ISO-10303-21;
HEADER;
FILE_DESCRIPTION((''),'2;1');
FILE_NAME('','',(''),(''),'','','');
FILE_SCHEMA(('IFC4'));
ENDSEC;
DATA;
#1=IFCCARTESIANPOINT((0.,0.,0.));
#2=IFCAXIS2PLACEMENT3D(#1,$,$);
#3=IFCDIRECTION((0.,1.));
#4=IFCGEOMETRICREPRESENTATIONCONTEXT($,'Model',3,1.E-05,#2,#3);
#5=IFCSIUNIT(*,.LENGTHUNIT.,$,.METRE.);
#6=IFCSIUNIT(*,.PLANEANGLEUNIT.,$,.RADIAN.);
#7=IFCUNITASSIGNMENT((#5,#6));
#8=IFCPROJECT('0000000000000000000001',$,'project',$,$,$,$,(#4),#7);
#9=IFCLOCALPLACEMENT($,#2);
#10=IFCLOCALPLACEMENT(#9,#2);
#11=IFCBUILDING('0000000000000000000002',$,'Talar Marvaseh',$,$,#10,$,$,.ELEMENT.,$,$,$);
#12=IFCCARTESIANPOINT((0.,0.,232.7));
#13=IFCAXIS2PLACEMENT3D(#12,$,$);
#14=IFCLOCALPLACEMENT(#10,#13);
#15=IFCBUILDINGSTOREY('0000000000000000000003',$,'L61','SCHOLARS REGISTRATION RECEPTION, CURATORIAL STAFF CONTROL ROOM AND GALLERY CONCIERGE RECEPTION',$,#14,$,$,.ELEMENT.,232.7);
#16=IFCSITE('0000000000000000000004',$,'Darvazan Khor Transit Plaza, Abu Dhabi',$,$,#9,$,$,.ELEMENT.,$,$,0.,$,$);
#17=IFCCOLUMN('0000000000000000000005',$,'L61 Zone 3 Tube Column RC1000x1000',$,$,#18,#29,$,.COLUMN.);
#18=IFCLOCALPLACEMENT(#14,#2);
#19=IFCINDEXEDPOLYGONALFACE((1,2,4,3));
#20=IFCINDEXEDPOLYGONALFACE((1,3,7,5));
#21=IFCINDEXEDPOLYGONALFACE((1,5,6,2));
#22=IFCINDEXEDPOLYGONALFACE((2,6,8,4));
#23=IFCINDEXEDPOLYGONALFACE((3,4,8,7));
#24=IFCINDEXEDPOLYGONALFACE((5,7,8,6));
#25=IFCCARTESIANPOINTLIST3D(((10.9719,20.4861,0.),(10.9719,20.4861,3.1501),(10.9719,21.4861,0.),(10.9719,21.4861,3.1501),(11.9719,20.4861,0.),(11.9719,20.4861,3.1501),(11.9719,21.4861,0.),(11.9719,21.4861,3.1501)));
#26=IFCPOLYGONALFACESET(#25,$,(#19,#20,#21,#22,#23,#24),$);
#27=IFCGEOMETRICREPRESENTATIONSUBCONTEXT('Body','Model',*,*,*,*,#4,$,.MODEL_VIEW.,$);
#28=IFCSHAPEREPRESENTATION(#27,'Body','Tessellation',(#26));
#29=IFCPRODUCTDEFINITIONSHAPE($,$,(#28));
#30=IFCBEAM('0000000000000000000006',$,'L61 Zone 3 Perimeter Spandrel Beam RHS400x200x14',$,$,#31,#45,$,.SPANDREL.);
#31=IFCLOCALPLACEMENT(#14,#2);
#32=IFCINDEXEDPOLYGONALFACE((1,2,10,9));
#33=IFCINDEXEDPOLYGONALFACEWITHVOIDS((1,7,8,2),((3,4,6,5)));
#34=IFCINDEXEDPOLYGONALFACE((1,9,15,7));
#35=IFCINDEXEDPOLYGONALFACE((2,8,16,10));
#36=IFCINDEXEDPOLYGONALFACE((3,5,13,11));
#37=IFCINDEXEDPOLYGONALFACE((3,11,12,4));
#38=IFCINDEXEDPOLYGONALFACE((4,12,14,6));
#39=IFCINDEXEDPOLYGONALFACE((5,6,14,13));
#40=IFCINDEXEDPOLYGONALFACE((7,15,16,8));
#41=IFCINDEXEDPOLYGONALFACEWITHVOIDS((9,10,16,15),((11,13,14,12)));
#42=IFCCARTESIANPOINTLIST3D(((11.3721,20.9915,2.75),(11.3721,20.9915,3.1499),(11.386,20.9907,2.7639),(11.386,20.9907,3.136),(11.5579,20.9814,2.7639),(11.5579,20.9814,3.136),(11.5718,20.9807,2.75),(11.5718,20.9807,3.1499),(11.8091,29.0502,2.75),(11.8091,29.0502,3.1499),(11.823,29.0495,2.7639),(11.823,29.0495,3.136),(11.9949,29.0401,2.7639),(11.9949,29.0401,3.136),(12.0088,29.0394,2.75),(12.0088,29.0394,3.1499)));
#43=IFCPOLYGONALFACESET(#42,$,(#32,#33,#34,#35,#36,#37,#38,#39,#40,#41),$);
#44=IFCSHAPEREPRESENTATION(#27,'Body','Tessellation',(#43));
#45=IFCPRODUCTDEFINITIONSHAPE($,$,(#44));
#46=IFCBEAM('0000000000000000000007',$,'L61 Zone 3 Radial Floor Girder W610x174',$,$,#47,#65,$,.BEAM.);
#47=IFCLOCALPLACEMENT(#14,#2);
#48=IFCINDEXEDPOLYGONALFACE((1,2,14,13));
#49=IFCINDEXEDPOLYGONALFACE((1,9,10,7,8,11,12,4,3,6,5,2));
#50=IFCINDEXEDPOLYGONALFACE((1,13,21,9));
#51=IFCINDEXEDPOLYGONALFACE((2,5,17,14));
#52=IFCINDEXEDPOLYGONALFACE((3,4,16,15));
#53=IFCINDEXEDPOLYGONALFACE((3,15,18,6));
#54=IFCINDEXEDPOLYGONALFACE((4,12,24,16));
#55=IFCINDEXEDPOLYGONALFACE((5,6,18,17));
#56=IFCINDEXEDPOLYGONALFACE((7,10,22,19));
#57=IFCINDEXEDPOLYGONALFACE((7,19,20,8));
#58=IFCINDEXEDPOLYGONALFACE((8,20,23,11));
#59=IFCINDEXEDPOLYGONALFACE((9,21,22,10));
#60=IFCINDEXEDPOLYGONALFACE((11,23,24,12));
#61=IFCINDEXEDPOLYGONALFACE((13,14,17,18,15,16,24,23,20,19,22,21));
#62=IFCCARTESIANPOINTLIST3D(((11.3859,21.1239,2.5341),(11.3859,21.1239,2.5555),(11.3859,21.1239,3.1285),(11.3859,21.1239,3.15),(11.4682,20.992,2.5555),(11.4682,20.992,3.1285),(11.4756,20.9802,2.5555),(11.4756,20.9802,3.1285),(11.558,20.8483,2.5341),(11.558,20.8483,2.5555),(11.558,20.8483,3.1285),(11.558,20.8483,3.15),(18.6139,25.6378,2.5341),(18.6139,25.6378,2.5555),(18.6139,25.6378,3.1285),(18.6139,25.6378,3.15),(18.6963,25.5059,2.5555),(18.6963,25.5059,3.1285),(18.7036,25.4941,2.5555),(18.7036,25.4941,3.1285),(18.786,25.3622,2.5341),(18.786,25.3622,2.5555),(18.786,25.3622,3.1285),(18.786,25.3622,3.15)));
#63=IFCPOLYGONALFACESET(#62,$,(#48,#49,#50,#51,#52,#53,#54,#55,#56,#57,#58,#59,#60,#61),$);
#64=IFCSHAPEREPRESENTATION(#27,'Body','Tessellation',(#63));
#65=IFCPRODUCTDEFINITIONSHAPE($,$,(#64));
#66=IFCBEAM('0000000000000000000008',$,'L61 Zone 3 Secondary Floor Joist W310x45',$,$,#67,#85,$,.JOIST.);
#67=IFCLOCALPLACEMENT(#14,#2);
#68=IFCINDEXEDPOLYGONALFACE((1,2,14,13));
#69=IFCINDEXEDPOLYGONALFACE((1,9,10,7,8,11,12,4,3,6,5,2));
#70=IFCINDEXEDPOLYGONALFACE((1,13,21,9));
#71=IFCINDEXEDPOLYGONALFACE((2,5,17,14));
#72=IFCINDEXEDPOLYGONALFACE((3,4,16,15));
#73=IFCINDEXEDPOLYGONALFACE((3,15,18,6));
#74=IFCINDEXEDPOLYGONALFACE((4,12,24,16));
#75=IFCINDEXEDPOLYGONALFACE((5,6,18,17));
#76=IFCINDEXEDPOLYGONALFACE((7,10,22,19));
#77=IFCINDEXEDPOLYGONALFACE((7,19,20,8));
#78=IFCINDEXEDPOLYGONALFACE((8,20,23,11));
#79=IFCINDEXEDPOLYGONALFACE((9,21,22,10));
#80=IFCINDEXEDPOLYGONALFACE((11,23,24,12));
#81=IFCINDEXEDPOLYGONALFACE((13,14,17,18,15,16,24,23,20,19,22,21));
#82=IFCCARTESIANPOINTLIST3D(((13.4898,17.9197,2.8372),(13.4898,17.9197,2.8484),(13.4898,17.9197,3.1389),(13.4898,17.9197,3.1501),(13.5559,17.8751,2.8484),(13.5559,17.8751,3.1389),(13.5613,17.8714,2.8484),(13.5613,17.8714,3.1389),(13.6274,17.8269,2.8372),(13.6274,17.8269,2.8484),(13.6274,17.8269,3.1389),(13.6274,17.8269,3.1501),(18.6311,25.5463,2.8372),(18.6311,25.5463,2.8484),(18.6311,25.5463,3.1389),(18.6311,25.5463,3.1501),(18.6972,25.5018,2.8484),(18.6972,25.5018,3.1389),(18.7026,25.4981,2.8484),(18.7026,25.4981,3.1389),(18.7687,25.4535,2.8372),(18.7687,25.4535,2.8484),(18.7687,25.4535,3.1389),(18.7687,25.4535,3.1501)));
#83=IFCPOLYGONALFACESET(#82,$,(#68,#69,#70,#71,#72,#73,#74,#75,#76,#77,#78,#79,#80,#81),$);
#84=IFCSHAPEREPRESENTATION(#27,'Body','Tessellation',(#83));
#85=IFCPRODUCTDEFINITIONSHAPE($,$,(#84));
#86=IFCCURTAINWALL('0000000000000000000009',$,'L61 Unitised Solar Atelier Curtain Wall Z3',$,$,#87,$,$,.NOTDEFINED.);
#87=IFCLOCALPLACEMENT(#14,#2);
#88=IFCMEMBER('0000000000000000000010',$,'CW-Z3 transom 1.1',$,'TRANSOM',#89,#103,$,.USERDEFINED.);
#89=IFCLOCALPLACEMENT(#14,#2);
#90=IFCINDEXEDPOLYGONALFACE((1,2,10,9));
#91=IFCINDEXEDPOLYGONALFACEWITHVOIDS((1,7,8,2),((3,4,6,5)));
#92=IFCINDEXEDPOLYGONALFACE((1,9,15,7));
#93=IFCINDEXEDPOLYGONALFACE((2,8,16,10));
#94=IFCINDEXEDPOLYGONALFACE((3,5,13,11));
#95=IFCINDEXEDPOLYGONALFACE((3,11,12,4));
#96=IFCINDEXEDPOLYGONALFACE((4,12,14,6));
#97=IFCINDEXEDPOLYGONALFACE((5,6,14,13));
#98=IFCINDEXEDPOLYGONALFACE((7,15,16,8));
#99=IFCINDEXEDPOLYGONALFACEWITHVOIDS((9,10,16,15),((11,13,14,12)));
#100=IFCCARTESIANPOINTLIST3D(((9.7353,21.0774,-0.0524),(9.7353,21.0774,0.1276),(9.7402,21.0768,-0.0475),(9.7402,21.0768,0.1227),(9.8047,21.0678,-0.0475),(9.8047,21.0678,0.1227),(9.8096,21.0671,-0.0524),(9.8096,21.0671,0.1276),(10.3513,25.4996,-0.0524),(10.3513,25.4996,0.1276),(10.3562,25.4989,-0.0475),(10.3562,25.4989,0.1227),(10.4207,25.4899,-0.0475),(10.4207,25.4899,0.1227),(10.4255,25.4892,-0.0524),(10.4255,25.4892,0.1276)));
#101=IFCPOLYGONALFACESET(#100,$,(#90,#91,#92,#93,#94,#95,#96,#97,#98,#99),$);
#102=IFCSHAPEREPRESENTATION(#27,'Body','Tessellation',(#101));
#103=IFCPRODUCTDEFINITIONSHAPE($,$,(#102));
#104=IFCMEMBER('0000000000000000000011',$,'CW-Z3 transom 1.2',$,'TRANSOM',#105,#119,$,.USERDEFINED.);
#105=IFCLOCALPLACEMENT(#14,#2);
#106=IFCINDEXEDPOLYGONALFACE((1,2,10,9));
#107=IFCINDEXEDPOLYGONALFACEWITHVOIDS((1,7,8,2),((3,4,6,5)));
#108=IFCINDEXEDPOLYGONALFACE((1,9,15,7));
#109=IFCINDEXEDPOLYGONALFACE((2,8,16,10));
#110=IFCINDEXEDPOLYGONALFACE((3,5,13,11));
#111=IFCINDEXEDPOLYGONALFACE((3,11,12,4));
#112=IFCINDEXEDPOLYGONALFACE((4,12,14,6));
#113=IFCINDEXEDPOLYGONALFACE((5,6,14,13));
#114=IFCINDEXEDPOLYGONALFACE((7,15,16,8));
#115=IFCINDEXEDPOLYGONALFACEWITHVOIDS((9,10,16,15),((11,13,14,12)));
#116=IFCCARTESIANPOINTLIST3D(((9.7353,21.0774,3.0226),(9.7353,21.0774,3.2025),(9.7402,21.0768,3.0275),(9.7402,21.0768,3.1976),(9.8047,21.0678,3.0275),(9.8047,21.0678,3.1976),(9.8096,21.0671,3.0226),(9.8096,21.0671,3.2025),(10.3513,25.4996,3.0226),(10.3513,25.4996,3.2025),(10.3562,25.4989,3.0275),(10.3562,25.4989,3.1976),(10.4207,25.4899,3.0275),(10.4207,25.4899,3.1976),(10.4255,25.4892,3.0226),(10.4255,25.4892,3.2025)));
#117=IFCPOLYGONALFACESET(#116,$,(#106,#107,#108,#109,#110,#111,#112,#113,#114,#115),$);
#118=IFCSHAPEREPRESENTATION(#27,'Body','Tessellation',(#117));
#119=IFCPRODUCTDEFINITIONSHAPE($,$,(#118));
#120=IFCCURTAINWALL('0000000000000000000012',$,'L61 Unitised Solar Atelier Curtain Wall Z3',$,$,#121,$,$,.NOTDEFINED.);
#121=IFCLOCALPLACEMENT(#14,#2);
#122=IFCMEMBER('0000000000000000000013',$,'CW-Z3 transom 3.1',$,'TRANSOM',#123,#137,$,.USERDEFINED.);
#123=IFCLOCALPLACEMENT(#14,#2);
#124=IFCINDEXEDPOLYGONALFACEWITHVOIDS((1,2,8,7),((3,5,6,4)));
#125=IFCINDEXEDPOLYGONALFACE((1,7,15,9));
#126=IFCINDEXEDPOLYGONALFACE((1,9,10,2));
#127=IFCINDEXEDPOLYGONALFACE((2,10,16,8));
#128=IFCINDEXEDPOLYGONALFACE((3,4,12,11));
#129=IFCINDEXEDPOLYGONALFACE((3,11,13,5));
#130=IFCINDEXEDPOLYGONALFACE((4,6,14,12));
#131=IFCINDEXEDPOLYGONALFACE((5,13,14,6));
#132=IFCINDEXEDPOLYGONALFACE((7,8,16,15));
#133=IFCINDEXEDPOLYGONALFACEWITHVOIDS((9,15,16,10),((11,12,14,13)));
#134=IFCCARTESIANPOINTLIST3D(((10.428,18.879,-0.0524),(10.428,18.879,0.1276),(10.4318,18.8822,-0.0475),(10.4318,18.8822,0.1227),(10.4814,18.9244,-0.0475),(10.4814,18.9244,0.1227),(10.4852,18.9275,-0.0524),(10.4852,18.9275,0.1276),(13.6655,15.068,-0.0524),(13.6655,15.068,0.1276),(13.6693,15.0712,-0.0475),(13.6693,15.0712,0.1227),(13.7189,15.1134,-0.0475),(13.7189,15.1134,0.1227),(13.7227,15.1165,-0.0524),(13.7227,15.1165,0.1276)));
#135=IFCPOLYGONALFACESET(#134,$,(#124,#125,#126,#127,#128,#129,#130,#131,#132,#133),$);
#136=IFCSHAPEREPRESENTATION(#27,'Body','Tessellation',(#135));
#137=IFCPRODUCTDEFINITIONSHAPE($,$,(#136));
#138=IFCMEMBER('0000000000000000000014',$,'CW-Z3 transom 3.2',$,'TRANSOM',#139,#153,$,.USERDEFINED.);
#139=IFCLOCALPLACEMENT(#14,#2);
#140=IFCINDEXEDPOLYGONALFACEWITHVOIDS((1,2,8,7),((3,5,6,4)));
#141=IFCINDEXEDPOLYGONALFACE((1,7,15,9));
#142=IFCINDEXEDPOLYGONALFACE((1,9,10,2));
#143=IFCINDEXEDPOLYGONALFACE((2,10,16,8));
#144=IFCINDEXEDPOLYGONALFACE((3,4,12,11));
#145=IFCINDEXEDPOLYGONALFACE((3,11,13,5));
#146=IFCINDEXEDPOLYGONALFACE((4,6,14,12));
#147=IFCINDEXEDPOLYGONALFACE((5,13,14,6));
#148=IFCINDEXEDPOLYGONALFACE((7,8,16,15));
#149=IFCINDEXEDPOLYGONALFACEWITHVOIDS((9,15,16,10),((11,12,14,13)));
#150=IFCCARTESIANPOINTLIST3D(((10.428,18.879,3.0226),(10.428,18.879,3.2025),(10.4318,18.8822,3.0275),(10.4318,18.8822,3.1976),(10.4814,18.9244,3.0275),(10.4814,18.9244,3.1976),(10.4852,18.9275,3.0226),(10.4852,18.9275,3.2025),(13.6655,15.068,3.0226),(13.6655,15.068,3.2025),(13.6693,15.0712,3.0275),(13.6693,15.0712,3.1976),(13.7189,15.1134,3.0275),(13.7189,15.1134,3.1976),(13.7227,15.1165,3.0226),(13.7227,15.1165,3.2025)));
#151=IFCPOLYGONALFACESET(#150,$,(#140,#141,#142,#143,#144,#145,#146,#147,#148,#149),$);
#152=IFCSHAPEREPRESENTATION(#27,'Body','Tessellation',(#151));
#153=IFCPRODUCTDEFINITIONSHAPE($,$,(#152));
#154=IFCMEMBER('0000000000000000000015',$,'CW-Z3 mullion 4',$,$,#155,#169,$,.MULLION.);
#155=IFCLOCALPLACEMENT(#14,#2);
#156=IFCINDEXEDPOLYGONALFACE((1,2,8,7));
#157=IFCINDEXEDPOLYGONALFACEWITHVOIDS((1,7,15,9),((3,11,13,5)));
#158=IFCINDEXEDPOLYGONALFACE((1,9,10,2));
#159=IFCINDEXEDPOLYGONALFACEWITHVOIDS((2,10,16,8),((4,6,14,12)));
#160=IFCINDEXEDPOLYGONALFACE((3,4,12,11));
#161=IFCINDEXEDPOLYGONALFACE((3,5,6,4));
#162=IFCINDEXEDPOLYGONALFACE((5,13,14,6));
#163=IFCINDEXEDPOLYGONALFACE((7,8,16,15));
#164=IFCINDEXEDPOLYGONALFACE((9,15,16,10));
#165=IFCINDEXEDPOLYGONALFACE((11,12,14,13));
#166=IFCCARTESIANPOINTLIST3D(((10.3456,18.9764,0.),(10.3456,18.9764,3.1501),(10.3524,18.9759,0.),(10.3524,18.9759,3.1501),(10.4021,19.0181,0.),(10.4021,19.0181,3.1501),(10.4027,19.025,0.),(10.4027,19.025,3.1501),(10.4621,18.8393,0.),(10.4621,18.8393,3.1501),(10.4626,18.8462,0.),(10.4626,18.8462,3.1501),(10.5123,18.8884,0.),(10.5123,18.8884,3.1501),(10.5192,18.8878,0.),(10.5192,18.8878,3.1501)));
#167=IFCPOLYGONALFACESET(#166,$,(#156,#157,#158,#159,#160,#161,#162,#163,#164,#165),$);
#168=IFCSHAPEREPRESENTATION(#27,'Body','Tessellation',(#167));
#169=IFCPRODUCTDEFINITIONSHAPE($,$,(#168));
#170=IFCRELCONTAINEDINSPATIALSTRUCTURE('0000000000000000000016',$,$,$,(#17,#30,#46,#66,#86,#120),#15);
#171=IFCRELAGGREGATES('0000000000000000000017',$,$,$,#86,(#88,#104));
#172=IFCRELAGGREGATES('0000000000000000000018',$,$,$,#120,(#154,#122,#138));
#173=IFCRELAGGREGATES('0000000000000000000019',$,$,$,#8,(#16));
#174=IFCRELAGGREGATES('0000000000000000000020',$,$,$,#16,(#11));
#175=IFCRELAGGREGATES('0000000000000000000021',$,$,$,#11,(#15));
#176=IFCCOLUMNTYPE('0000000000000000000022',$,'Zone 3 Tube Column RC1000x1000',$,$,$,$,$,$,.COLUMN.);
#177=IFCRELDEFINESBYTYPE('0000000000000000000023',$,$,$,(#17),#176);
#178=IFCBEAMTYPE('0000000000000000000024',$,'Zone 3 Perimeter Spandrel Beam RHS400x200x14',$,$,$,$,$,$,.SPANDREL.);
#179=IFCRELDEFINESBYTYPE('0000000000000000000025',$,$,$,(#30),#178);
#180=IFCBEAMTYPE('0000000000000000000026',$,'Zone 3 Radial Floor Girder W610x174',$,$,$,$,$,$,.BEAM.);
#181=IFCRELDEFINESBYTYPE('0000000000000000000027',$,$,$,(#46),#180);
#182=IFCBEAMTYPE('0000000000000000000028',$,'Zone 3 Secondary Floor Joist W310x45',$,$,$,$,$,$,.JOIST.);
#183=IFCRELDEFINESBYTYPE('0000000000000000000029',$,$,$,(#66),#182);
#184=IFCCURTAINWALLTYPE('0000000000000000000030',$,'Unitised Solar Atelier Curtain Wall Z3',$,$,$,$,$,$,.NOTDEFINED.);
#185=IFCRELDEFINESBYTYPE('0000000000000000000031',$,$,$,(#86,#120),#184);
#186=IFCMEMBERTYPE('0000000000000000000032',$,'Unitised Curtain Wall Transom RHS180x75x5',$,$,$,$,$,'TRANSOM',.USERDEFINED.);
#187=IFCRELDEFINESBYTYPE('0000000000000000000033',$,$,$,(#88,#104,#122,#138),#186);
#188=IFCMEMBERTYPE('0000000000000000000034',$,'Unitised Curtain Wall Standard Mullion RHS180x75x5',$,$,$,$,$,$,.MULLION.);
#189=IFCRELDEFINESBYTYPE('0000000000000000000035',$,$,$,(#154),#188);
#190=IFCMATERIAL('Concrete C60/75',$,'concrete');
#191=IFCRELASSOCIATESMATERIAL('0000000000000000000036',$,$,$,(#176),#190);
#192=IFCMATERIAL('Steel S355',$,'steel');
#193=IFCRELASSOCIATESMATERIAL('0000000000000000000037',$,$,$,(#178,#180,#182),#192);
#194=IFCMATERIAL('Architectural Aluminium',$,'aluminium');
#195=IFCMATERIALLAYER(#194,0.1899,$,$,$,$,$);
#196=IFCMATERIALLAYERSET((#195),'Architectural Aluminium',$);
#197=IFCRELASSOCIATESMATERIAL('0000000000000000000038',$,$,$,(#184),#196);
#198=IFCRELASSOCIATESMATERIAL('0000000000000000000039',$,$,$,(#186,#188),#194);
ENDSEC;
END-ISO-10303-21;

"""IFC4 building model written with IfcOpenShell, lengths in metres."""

from ifc_helpers import new_model, si_unit, direction, frame, origin, origin_2d, place, context, subcontext, project, spatial, rectangle, hollow_rectangle, i_section, extrude, source, transform, mapped, material, layer, layer_set, material_profile, profile_set, type_object, type_shapes, element, aggregate, save


model = new_model("IFC4")

# Units and contexts
model_context = context("Model", 3, precision=1e-05, world=origin(), true_north=direction((0.0, 1.0)))
body_context = subcontext(model_context, "Body", "Model", "MODEL_VIEW")
ifc_project = project(units=[si_unit("LENGTHUNIT", "METRE"), si_unit("PLANEANGLEUNIT", "RADIAN")], contexts=[model_context])

# Site, building, storey
site_placement = place(None, origin())
site = spatial("IfcSite", under=ifc_project, at=site_placement, Name="Darvazan Khor Transit Plaza, Abu Dhabi", CompositionType="ELEMENT", RefElevation=0.0)
building_placement = place(site_placement, origin())
building = spatial("IfcBuilding", under=site, at=building_placement, Name="Talar Marvaseh", CompositionType="ELEMENT")
storey_placement = place(building_placement, frame((0.0, 0.0, 232.7)))
storey = spatial("IfcBuildingStorey", under=building, at=storey_placement, Name="L61", Description="SCHOLARS REGISTRATION RECEPTION, CURATORIAL STAFF CONTROL ROOM AND GALLERY CONCIERGE RECEPTION", CompositionType="ELEMENT", Elevation=232.7)

# Column
ifc_material_1 = material(Name="Concrete C60/75", Category="concrete")
ifc_material_profile_1 = material_profile(ifc_material_1, rectangle(XDim=1.0, YDim=1.0, at=origin_2d()), Name="RC1000x1000")
ifc_profile_set_1 = profile_set([ifc_material_profile_1], Name="Concrete C60/75")
column_type = type_object("IfcColumnType", Name="Zone 3 Tube Column RC1000x1000", PredefinedType="COLUMN", material=ifc_profile_set_1)
column_placement = place(storey_placement, frame((11.4719, 20.9861, 0.0), z_axis=(0.0, 0.0, 1.0), x_axis=(1.0, 0.0, 0.0)))
element("IfcColumn", 1, at=column_placement, inside=storey, type_object=column_type, Name="L61 Zone 3 Tube Column RC1000x1000", PredefinedType="COLUMN", context=body_context, shape_type="SweptSolid", body=[
    extrude(rectangle(XDim=1.0, YDim=1.0, at=origin_2d()), origin(), (0.0, 0.0, 1.0), 3.1501),
])

# Beams
ifc_material_2 = material(Name="Steel S355", Category="steel")
ifc_material_profile_2 = material_profile(ifc_material_2, hollow_rectangle(XDim=0.2, YDim=0.3999, WallThickness=0.0139, at=origin_2d()), Name="RHS400x200x14")
ifc_profile_set_2 = profile_set([ifc_material_profile_2], Name="Steel S355")
beam_type_1 = type_object("IfcBeamType", Name="Zone 3 Perimeter Spandrel Beam RHS400x200x14", PredefinedType="SPANDREL", material=ifc_profile_set_2)
beam_1_placement = place(storey_placement, frame((11.4719, 20.9861, 2.95), z_axis=(0.054148, 0.998533, 0.0), x_axis=(-0.998533, 0.054148, 0.0)))
element("IfcBeam", 2, at=beam_1_placement, inside=storey, type_object=beam_type_1, Name="L61 Zone 3 Perimeter Spandrel Beam RHS400x200x14", PredefinedType="SPANDREL", context=body_context, shape_type="SweptSolid", body=[
    extrude(hollow_rectangle(XDim=0.2, YDim=0.3999, WallThickness=0.0139, at=origin_2d()), origin(), (0.0, 0.0, 1.0), 8.0706),
])
ifc_material_profile_3 = material_profile(ifc_material_2, i_section(OverallWidth=0.325, OverallDepth=0.616, WebThickness=0.0139, FlangeThickness=0.0215, at=origin_2d()), Name="W610x174")
ifc_profile_set_3 = profile_set([ifc_material_profile_3], Name="Steel S355")
beam_type_2 = type_object("IfcBeamType", Name="Zone 3 Radial Floor Girder W610x174", PredefinedType="BEAM", material=ifc_profile_set_3)
beam_2_placement = place(storey_placement, frame((11.4719, 20.9861, 2.842), z_axis=(0.848188, 0.529695, 0.0), x_axis=(-0.529695, 0.848188, 0.0)))
element("IfcBeam", 3, at=beam_2_placement, inside=storey, type_object=beam_type_2, Name="L61 Zone 3 Radial Floor Girder W610x174", PredefinedType="BEAM", context=body_context, shape_type="SweptSolid", body=[
    extrude(i_section(OverallWidth=0.325, OverallDepth=0.616, WebThickness=0.0139, FlangeThickness=0.0215, at=origin_2d()), origin(), (0.0, 0.0, 1.0), 8.5217),
])
ifc_material_profile_4 = material_profile(ifc_material_2, i_section(OverallWidth=0.166, OverallDepth=0.313, WebThickness=0.0066, FlangeThickness=0.0112, at=origin_2d()), Name="W310x45")
ifc_profile_set_4 = profile_set([ifc_material_profile_4], Name="Steel S355")
beam_type_3 = type_object("IfcBeamType", Name="Zone 3 Secondary Floor Joist W310x45", PredefinedType="JOIST", material=ifc_profile_set_4)
beam_3_placement = place(storey_placement, frame((13.5586, 17.8733, 2.9937), z_axis=(0.558974, 0.829185, 0.0), x_axis=(-0.829185, 0.558974, 0.0)))
element("IfcBeam", 4, at=beam_3_placement, inside=storey, type_object=beam_type_3, Name="L61 Zone 3 Secondary Floor Joist W310x45", PredefinedType="JOIST", context=body_context, shape_type="SweptSolid", body=[
    extrude(i_section(OverallWidth=0.166, OverallDepth=0.313, WebThickness=0.0066, FlangeThickness=0.0112, at=origin_2d()), origin(), (0.0, 0.0, 1.0), 9.1978),
])

# Curtain walls, members
ifc_material_3 = material(Name="Architectural Aluminium", Category="aluminium")
ifc_layer_1 = layer(ifc_material_3, 0.1899)
ifc_layer_set_1 = layer_set([ifc_layer_1], Name="Architectural Aluminium")
curtain_wall_type = type_object("IfcCurtainWallType", Name="Unitised Solar Atelier Curtain Wall Z3", PredefinedType="NOTDEFINED", material=ifc_layer_set_1)
curtain_wall_1_placement = place(storey_placement, origin())
curtain_wall_1 = element("IfcCurtainWall", 5, at=curtain_wall_1_placement, inside=storey, type_object=curtain_wall_type, Name="L61 Unitised Solar Atelier Curtain Wall Z3", PredefinedType="NOTDEFINED")
ifc_material_profile_5 = material_profile(ifc_material_3, hollow_rectangle(XDim=0.075, YDim=0.1799, WallThickness=0.0049, at=origin_2d()), Name="RHS180x75x5")
ifc_profile_set_5 = profile_set([ifc_material_profile_5], Name="Architectural Aluminium")
member_type_1 = type_object("IfcMemberType", Name="Unitised Curtain Wall Transom RHS180x75x5", ElementType="TRANSOM", PredefinedType="USERDEFINED", material=ifc_profile_set_5)
shared_shape_1 = source(origin(), body_context, "Body", "SweptSolid", [
    extrude(hollow_rectangle(XDim=0.075, YDim=0.1799, WallThickness=0.0049, at=origin_2d()), origin(), (0.0, 0.0, 1.0), 4.4648),
])
member_1_placement = place(storey_placement, frame((9.7725, 21.0723, 0.0376), z_axis=(0.13796, 0.990438, 0.0), x_axis=(-0.990438, 0.13796, 0.0)))
member_1 = element("IfcMember", 6, at=member_1_placement, type_object=member_type_1, Name="CW-Z3 transom 1.1", ObjectType="TRANSOM", PredefinedType="USERDEFINED", context=body_context, shape_type="MappedRepresentation", body=[
    mapped(shared_shape_1, transform((0.0, 0.0, 0.0), x_axis=(1.0, 0.0, 0.0), y_axis=(0.0, 1.0, 0.0), z_axis=(0.0, 0.0, 1.0), scale=1.0)),
])
member_2_placement = place(storey_placement, frame((9.7725, 21.0723, 3.1125), z_axis=(0.13796, 0.990438, 0.0), x_axis=(-0.990438, 0.13796, 0.0)))
member_2 = element("IfcMember", 7, at=member_2_placement, type_object=member_type_1, Name="CW-Z3 transom 1.2", ObjectType="TRANSOM", PredefinedType="USERDEFINED", context=body_context, shape_type="MappedRepresentation", body=[
    mapped(shared_shape_1, transform((0.0, 0.0, 0.0), x_axis=(1.0, 0.0, 0.0), y_axis=(0.0, 1.0, 0.0), z_axis=(0.0, 0.0, 1.0), scale=1.0)),
])
curtain_wall_2_placement = place(storey_placement, origin())
curtain_wall_2 = element("IfcCurtainWall", 8, at=curtain_wall_2_placement, inside=storey, type_object=curtain_wall_type, Name="L61 Unitised Solar Atelier Curtain Wall Z3", PredefinedType="NOTDEFINED")
shared_shape_2 = source(origin(), body_context, "Body", "SweptSolid", [
    extrude(hollow_rectangle(XDim=0.075, YDim=0.1799, WallThickness=0.0049, at=origin_2d()), origin(), (0.0, 0.0, 1.0), 5.0005),
])
type_shapes(member_type_1, [shared_shape_1, shared_shape_2])
member_3_placement = place(storey_placement, frame((13.6941, 15.0923, 0.0376), z_axis=(-0.647436, 0.76212, 0.0), x_axis=(-0.76212, -0.647436, 0.0)))
member_3 = element("IfcMember", 9, at=member_3_placement, type_object=member_type_1, Name="CW-Z3 transom 3.1", ObjectType="TRANSOM", PredefinedType="USERDEFINED", context=body_context, shape_type="MappedRepresentation", body=[
    mapped(shared_shape_2, transform((0.0, 0.0, 0.0), x_axis=(1.0, 0.0, 0.0), y_axis=(0.0, 1.0, 0.0), z_axis=(0.0, 0.0, 1.0), scale=1.0)),
])
member_4_placement = place(storey_placement, frame((13.6941, 15.0923, 3.1125), z_axis=(-0.647436, 0.76212, 0.0), x_axis=(-0.76212, -0.647436, 0.0)))
member_4 = element("IfcMember", 10, at=member_4_placement, type_object=member_type_1, Name="CW-Z3 transom 3.2", ObjectType="TRANSOM", PredefinedType="USERDEFINED", context=body_context, shape_type="MappedRepresentation", body=[
    mapped(shared_shape_2, transform((0.0, 0.0, 0.0), x_axis=(1.0, 0.0, 0.0), y_axis=(0.0, 1.0, 0.0), z_axis=(0.0, 0.0, 1.0), scale=1.0)),
])
ifc_material_profile_6 = material_profile(ifc_material_3, hollow_rectangle(XDim=0.075, YDim=0.1799, WallThickness=0.0049, at=origin_2d()), Name="RHS180x75x5")
ifc_profile_set_6 = profile_set([ifc_material_profile_6], Name="Architectural Aluminium")
member_type_2 = type_object("IfcMemberType", Name="Unitised Curtain Wall Standard Mullion RHS180x75x5", PredefinedType="MULLION", material=ifc_profile_set_6)
shared_shape_3 = source(origin(), body_context, "Body", "SweptSolid", [
    extrude(hollow_rectangle(XDim=0.075, YDim=0.1799, WallThickness=0.0049, at=origin_2d()), origin(), (0.0, 0.0, 1.0), 3.1501),
])
type_shapes(member_type_2, [shared_shape_3])
member_5_placement = place(storey_placement, frame((10.4324, 18.9321, 0.0), z_axis=(0.0, 0.0, 1.0), x_axis=(-0.762149, -0.647402, 0.0)))
member_5 = element("IfcMember", 11, at=member_5_placement, type_object=member_type_2, Name="CW-Z3 mullion 4", PredefinedType="MULLION", context=body_context, shape_type="MappedRepresentation", body=[
    mapped(shared_shape_3, transform((0.0, 0.0, 0.0), x_axis=(1.0, 0.0, 0.0), y_axis=(0.0, 1.0, 0.0), z_axis=(0.0, 0.0, 1.0), scale=1.0)),
])

aggregate(curtain_wall_1, [member_1, member_2])

aggregate(curtain_wall_2, [member_5, member_3, member_4])

save(model, "model.ifc")
